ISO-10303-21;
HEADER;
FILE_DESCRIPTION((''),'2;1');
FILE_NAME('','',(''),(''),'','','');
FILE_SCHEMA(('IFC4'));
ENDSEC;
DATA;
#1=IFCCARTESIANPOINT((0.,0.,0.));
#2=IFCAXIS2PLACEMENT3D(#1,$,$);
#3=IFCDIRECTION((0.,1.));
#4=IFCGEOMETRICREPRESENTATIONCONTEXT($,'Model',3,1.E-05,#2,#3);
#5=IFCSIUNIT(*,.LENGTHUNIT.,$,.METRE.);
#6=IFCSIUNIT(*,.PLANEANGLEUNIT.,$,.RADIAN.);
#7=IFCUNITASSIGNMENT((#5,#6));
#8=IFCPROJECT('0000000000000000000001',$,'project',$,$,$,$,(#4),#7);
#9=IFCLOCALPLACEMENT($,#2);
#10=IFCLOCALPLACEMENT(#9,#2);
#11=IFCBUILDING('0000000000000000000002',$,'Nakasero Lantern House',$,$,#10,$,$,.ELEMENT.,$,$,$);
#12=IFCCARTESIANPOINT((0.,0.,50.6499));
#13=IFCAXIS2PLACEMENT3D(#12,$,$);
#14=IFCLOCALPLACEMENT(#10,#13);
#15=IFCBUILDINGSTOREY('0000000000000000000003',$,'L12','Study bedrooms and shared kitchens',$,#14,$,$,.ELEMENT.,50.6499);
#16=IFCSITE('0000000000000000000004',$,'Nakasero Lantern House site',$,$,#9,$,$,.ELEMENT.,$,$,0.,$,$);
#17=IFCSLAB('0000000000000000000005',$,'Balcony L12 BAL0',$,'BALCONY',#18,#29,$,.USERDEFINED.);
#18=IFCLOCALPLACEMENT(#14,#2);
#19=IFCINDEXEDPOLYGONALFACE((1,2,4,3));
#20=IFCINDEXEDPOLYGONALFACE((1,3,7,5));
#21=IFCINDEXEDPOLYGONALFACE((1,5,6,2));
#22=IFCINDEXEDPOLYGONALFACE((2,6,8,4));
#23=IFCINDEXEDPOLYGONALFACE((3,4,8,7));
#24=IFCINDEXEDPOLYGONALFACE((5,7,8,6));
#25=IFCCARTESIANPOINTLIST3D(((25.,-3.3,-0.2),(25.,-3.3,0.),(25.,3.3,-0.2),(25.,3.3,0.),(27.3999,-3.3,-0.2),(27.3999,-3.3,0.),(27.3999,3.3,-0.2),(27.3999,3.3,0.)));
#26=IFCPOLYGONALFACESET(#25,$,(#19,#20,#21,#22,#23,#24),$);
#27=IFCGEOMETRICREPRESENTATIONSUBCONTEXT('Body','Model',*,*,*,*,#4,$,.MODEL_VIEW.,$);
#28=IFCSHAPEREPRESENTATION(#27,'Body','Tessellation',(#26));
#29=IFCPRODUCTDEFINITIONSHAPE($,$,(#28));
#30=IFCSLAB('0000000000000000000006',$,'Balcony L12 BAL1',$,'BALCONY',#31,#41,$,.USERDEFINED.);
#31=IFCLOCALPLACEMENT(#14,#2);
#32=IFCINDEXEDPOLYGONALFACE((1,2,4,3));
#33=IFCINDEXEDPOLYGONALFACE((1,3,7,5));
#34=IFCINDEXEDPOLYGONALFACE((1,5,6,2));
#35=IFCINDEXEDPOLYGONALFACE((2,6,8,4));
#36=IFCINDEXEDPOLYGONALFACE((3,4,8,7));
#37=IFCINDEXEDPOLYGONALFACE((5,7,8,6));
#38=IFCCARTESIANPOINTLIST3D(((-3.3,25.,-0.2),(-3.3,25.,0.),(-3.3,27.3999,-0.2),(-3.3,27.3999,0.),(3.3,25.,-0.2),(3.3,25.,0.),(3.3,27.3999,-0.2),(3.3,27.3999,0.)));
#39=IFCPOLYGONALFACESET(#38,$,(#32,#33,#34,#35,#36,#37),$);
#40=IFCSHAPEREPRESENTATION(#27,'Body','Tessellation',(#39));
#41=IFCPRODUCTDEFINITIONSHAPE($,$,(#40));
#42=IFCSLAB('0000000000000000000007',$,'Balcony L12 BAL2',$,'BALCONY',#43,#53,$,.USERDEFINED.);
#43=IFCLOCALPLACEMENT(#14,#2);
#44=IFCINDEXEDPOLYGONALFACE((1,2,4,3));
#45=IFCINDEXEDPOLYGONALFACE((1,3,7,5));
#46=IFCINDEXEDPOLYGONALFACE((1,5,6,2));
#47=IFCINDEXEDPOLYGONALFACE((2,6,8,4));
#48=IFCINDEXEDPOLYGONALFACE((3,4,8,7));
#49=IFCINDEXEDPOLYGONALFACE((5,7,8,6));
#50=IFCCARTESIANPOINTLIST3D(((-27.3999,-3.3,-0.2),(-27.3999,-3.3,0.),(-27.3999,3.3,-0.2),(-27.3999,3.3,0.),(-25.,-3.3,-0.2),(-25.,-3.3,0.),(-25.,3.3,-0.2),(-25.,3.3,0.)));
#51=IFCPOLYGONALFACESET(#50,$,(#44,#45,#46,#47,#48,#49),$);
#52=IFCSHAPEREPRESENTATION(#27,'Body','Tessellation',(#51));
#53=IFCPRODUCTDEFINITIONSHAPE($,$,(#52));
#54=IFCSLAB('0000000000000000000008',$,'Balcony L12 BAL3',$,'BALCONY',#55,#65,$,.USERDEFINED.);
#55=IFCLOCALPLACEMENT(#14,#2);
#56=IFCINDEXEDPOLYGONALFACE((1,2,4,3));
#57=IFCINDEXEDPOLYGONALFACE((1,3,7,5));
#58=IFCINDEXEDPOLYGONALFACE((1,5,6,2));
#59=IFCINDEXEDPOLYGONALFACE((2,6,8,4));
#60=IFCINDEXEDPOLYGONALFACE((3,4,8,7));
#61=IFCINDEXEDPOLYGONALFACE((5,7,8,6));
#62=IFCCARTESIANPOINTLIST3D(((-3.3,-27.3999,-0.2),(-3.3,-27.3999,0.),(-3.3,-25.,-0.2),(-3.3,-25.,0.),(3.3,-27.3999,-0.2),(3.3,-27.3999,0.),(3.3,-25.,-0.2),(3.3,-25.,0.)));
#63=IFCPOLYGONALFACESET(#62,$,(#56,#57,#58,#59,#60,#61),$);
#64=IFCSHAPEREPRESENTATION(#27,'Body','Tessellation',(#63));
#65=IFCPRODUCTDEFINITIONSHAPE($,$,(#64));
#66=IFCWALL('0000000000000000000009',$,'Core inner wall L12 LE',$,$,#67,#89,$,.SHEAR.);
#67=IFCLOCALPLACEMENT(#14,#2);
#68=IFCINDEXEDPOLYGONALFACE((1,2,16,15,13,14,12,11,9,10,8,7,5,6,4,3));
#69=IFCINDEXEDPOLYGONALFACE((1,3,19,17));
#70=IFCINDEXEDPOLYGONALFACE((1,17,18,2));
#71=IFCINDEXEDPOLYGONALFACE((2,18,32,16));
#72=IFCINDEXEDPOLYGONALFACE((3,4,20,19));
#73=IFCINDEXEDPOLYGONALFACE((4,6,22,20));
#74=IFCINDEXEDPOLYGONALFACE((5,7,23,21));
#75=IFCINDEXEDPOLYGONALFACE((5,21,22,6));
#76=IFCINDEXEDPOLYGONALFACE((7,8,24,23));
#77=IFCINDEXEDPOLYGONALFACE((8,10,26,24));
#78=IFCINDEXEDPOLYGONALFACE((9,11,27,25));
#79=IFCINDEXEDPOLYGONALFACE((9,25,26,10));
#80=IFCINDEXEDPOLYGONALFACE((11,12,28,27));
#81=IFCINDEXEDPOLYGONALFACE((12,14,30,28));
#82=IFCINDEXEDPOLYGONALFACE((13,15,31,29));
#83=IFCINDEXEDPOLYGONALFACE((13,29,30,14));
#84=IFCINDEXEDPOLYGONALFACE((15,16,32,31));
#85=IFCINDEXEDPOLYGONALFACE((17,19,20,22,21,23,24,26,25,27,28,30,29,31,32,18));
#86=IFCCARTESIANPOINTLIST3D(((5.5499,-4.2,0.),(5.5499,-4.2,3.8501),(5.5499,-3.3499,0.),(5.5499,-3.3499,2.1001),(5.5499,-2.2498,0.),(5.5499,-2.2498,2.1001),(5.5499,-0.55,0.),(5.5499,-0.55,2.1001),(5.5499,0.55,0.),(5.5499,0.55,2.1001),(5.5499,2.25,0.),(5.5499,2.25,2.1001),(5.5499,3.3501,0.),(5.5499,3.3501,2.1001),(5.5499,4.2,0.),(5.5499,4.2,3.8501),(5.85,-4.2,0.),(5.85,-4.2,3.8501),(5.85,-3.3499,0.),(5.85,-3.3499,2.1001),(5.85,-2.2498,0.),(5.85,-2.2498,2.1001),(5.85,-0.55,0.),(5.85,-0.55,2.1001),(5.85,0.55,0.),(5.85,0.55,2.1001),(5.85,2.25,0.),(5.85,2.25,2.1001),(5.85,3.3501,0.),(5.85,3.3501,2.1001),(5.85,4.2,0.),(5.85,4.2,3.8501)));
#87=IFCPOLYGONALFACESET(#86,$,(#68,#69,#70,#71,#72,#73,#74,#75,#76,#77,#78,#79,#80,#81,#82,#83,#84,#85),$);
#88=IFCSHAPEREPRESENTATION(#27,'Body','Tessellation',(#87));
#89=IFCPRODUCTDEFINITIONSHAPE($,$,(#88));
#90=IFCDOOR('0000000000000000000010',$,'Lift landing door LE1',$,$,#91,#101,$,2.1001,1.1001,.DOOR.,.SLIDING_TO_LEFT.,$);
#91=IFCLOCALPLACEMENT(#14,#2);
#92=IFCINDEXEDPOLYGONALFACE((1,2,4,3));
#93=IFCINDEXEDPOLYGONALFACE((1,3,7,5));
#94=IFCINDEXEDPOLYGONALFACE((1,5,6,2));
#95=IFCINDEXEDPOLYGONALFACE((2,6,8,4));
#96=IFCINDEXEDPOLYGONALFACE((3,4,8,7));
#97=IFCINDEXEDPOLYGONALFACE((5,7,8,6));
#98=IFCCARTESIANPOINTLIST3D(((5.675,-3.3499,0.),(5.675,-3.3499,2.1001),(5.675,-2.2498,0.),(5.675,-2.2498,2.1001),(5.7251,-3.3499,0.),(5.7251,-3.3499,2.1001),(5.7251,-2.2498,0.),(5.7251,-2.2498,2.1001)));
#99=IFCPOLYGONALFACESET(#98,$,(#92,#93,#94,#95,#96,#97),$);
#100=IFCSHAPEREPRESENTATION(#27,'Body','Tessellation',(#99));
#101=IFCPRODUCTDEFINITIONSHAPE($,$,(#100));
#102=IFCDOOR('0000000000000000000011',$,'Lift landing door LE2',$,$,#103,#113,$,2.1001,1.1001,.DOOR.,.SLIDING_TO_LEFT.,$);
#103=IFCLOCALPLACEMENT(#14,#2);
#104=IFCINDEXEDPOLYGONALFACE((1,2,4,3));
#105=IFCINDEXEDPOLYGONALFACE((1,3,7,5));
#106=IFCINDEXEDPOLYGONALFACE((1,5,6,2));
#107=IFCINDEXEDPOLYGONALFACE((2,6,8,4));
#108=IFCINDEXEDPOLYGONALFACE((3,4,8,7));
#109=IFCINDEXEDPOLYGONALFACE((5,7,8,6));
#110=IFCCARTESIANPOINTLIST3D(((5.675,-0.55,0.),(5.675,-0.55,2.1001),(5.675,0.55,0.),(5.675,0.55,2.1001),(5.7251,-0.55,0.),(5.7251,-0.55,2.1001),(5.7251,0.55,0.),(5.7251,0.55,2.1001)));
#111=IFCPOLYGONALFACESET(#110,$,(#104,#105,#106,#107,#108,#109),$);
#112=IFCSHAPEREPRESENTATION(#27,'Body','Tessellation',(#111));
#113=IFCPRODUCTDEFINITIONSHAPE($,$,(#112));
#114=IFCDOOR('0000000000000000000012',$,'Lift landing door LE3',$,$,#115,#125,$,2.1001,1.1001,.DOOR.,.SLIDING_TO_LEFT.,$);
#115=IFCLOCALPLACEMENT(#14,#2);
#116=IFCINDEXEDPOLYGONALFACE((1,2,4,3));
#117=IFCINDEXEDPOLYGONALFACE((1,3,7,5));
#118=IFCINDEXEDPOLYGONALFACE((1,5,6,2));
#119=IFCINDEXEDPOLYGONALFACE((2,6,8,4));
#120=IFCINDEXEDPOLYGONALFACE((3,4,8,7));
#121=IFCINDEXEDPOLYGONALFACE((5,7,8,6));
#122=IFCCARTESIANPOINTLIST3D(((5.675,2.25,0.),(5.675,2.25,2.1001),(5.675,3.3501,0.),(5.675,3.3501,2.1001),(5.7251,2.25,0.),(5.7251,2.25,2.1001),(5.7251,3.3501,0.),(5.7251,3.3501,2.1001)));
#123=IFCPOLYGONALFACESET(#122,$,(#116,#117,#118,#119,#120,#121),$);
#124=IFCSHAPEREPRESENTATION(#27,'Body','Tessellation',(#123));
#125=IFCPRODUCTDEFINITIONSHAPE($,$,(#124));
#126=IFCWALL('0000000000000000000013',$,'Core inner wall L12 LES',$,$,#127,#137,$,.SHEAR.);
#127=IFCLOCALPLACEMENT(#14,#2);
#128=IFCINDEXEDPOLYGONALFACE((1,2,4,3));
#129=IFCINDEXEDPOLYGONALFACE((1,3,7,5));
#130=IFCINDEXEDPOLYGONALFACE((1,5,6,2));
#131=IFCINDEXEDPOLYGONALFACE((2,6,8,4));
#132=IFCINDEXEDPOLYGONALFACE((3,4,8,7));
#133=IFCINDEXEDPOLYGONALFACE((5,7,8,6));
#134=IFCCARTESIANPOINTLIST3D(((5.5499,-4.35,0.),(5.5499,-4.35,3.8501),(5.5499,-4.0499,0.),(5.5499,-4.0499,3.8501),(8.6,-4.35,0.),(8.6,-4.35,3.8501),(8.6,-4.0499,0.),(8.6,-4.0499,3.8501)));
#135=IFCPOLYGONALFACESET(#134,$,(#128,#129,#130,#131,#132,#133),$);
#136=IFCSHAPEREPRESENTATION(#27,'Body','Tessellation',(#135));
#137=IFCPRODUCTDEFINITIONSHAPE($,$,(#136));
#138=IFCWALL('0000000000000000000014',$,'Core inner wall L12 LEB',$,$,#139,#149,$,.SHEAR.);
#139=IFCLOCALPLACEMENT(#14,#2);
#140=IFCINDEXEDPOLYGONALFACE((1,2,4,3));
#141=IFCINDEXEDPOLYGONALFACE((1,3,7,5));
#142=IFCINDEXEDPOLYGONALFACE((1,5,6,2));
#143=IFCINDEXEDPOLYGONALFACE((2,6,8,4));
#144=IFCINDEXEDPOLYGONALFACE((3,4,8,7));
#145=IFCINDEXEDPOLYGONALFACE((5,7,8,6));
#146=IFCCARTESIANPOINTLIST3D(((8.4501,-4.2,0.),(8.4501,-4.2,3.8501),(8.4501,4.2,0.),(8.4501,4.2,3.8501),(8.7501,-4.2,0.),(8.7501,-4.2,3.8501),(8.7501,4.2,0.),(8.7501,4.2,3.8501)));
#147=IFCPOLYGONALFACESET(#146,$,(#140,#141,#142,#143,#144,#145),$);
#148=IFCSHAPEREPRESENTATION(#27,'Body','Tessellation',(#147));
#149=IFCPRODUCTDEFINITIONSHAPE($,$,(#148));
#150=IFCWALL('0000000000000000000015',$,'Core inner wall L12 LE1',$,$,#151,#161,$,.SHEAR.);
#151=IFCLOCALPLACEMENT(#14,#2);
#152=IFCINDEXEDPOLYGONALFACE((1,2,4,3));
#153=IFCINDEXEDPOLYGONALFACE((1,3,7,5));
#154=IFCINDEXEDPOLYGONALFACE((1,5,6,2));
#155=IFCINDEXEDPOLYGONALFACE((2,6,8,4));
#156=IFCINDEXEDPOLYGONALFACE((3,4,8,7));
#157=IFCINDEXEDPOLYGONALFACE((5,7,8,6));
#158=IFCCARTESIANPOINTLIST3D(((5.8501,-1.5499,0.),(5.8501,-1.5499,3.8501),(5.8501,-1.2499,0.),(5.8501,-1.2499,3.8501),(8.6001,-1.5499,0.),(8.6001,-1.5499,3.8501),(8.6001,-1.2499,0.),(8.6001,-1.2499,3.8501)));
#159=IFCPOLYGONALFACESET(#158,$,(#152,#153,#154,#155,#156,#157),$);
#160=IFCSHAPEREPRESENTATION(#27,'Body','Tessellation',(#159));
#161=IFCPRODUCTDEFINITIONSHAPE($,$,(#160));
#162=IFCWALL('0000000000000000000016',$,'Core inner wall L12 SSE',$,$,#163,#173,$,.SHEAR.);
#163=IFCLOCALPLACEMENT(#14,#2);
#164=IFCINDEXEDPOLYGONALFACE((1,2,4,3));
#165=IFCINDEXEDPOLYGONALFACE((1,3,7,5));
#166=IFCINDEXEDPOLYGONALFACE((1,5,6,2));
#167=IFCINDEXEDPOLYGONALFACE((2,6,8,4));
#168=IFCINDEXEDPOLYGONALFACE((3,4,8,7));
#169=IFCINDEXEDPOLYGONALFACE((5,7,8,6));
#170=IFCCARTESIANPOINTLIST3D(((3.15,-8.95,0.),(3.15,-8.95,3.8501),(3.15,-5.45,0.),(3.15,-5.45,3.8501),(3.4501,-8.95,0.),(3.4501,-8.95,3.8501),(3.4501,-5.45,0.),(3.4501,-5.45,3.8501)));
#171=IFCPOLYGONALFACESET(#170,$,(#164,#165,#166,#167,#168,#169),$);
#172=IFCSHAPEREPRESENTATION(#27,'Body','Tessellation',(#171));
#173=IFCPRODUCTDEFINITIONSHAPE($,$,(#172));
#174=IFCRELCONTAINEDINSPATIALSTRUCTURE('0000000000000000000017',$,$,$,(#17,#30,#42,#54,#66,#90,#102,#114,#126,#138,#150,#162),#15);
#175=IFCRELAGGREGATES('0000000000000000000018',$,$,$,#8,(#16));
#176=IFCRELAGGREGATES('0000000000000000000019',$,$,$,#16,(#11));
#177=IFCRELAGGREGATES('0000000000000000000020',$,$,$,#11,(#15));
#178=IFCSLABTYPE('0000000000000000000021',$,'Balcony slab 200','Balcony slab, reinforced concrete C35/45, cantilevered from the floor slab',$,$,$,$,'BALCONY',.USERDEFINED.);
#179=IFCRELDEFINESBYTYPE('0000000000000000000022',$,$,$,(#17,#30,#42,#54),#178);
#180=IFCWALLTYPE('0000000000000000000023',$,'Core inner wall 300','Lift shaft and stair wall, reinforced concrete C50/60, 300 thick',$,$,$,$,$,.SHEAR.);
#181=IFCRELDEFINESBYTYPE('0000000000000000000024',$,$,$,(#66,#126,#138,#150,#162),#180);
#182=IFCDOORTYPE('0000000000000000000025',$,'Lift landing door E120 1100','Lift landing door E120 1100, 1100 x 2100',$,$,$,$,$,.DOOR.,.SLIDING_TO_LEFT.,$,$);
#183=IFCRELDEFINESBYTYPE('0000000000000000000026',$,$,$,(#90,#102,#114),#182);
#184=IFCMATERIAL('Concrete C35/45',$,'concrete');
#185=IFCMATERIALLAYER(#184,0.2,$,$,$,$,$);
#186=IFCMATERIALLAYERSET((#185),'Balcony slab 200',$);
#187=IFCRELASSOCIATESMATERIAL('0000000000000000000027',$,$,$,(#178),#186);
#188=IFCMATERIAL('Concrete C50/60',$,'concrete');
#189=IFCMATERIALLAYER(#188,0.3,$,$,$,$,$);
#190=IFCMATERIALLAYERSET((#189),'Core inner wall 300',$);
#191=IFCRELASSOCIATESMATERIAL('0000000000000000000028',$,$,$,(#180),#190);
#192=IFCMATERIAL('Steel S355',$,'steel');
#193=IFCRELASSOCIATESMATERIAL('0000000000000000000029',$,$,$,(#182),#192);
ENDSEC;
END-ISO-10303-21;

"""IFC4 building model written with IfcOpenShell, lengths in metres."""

from ifc_helpers import new_model, si_unit, direction, frame, frame_2d, origin, place, context, subcontext, project, spatial, polyline, rectangle, outline, extrude, material, layer, layer_set, type_object, element, fill, save


model = new_model("IFC4")

# Units and contexts
model_context = context("Model", 3, precision=1e-05, world=origin(), true_north=direction((0.0, 1.0)))
body_context = subcontext(model_context, "Body", "Model", "MODEL_VIEW")
ifc_project = project(units=[si_unit("LENGTHUNIT", "METRE"), si_unit("PLANEANGLEUNIT", "RADIAN")], contexts=[model_context])

# Site, building, storey
site_placement = place(None, origin())
site = spatial("IfcSite", under=ifc_project, at=site_placement, Name="Nakasero Lantern House site", CompositionType="ELEMENT", RefElevation=0.0)
building_placement = place(site_placement, origin())
building = spatial("IfcBuilding", under=site, at=building_placement, Name="Nakasero Lantern House", CompositionType="ELEMENT")
storey_placement = place(building_placement, frame((0.0, 0.0, 50.6499)))
storey = spatial("IfcBuildingStorey", under=building, at=storey_placement, Name="L12", Description="Study bedrooms and shared kitchens", CompositionType="ELEMENT", Elevation=50.6499)

# Slabs
ifc_material_1 = material(Name="Concrete C35/45", Category="concrete")
ifc_layer_1 = layer(ifc_material_1, 0.2)
ifc_layer_set_1 = layer_set([ifc_layer_1], Name="Balcony slab 200")
slab_type = type_object("IfcSlabType", Name="Balcony slab 200", Description="Balcony slab, reinforced concrete C35/45, cantilevered from the floor slab", ElementType="BALCONY", PredefinedType="USERDEFINED", material=ifc_layer_set_1)
slab_1_placement = place(storey_placement, frame((0.0, 0.0, -0.2)))
element("IfcSlab", 1, at=slab_1_placement, inside=storey, type_object=slab_type, Name="Balcony L12 BAL0", ObjectType="BALCONY", PredefinedType="USERDEFINED", context=body_context, shape_type="SweptSolid", body=[
    extrude(outline(polyline([(25.0, -3.3), (27.3999, -3.3), (27.3999, 3.3), (25.0, 3.3), (25.0, -3.3)])), origin(), (0.0, 0.0, 1.0), 0.2),
])
slab_2_placement = place(storey_placement, frame((0.0, 0.0, -0.2)))
element("IfcSlab", 2, at=slab_2_placement, inside=storey, type_object=slab_type, Name="Balcony L12 BAL1", ObjectType="BALCONY", PredefinedType="USERDEFINED", context=body_context, shape_type="SweptSolid", body=[
    extrude(outline(polyline([(3.3, 25.0), (3.3, 27.3999), (-3.3, 27.3999), (-3.3, 25.0), (3.3, 25.0)])), origin(), (0.0, 0.0, 1.0), 0.2),
])
slab_3_placement = place(storey_placement, frame((0.0, 0.0, -0.2)))
element("IfcSlab", 3, at=slab_3_placement, inside=storey, type_object=slab_type, Name="Balcony L12 BAL2", ObjectType="BALCONY", PredefinedType="USERDEFINED", context=body_context, shape_type="SweptSolid", body=[
    extrude(outline(polyline([(-25.0, 3.3), (-27.3999, 3.3), (-27.3999, -3.3), (-25.0, -3.3), (-25.0, 3.3)])), origin(), (0.0, 0.0, 1.0), 0.2),
])
slab_4_placement = place(storey_placement, frame((0.0, 0.0, -0.2)))
element("IfcSlab", 4, at=slab_4_placement, inside=storey, type_object=slab_type, Name="Balcony L12 BAL3", ObjectType="BALCONY", PredefinedType="USERDEFINED", context=body_context, shape_type="SweptSolid", body=[
    extrude(outline(polyline([(-3.3, -25.0), (-3.3, -27.3999), (3.3, -27.3999), (3.3, -25.0), (-3.3, -25.0)])), origin(), (0.0, 0.0, 1.0), 0.2),
])

# Wall, openings, doors
ifc_material_2 = material(Name="Concrete C50/60", Category="concrete")
ifc_layer_2 = layer(ifc_material_2, 0.3)
ifc_layer_set_2 = layer_set([ifc_layer_2], Name="Core inner wall 300")
wall_type_1 = type_object("IfcWallType", Name="Core inner wall 300", Description="Lift shaft and stair wall, reinforced concrete C50/60, 300 thick", PredefinedType="SHEAR", material=ifc_layer_set_2)
wall_1_placement = place(storey_placement, frame((5.7, -4.2, 0.0), z_axis=(0.0, 0.0, 1.0), x_axis=(0.0, 1.0, 0.0)))
wall_1 = element("IfcWall", 5, at=wall_1_placement, inside=storey, type_object=wall_type_1, Name="Core inner wall L12 LE", PredefinedType="SHEAR", context=body_context, shape_type="SweptSolid", body=[
    extrude(rectangle(XDim=8.3999, YDim=0.3, at=frame_2d((4.2, 0.0))), origin(), (0.0, 0.0, 1.0), 3.8501),
])
opening_1_placement = place(wall_1_placement, frame((0.8501, 0.0, 0.0)))
opening_1 = element("IfcOpeningElement", 6, at=opening_1_placement, cuts=wall_1, PredefinedType="OPENING", context=body_context, shape_type="SweptSolid", body=[
    extrude(rectangle(XDim=1.1001, YDim=2.1001, at=frame_2d((0.55, 1.05))), frame((0.0, 0.1699, 0.0), z_axis=(0.0, -1.0, 0.0), x_axis=(1.0, 0.0, 0.0)), (0.0, 0.0, 1.0), 0.3401),
])
opening_2_placement = place(wall_1_placement, frame((3.6499, 0.0, 0.0)))
opening_2 = element("IfcOpeningElement", 7, at=opening_2_placement, cuts=wall_1, PredefinedType="OPENING", context=body_context, shape_type="SweptSolid", body=[
    extrude(rectangle(XDim=1.1001, YDim=2.1001, at=frame_2d((0.55, 1.05))), frame((0.0, 0.1699, 0.0), z_axis=(0.0, -1.0, 0.0), x_axis=(1.0, 0.0, 0.0)), (0.0, 0.0, 1.0), 0.3401),
])
opening_3_placement = place(wall_1_placement, frame((6.45, 0.0, 0.0)))
opening_3 = element("IfcOpeningElement", 8, at=opening_3_placement, cuts=wall_1, PredefinedType="OPENING", context=body_context, shape_type="SweptSolid", body=[
    extrude(rectangle(XDim=1.1001, YDim=2.1001, at=frame_2d((0.55, 1.05))), frame((0.0, 0.1699, 0.0), z_axis=(0.0, -1.0, 0.0), x_axis=(1.0, 0.0, 0.0)), (0.0, 0.0, 1.0), 0.3401),
])
ifc_material_3 = material(Name="Steel S355", Category="steel")
door_type_1 = type_object("IfcDoorType", Name="Lift landing door E120 1100", Description="Lift landing door E120 1100, 1100 x 2100", OperationType="SLIDING_TO_LEFT", PredefinedType="DOOR", material=ifc_material_3)
door_1_placement = place(opening_1_placement, origin())
door_1 = element("IfcDoor", 9, at=door_1_placement, inside=storey, type_object=door_type_1, Name="Lift landing door LE1", OperationType="SLIDING_TO_LEFT", OverallHeight=2.1001, OverallWidth=1.1001, PredefinedType="DOOR", context=body_context, shape_type="SweptSolid", body=[
    extrude(rectangle(XDim=1.1001, YDim=2.1001, at=frame_2d((0.55, 1.05))), frame((0.0, 0.0249, 0.0), z_axis=(0.0, -1.0, 0.0), x_axis=(1.0, 0.0, 0.0)), (0.0, 0.0, 1.0), 0.05),
])
fill(opening_1, door_1)
door_2_placement = place(opening_2_placement, origin())
door_2 = element("IfcDoor", 10, at=door_2_placement, inside=storey, type_object=door_type_1, Name="Lift landing door LE2", OperationType="SLIDING_TO_LEFT", OverallHeight=2.1001, OverallWidth=1.1001, PredefinedType="DOOR", context=body_context, shape_type="SweptSolid", body=[
    extrude(rectangle(XDim=1.1001, YDim=2.1001, at=frame_2d((0.55, 1.05))), frame((0.0, 0.0249, 0.0), z_axis=(0.0, -1.0, 0.0), x_axis=(1.0, 0.0, 0.0)), (0.0, 0.0, 1.0), 0.05),
])
fill(opening_2, door_2)
door_3_placement = place(opening_3_placement, origin())
door_3 = element("IfcDoor", 11, at=door_3_placement, inside=storey, type_object=door_type_1, Name="Lift landing door LE3", OperationType="SLIDING_TO_LEFT", OverallHeight=2.1001, OverallWidth=1.1001, PredefinedType="DOOR", context=body_context, shape_type="SweptSolid", body=[
    extrude(rectangle(XDim=1.1001, YDim=2.1001, at=frame_2d((0.55, 1.05))), frame((0.0, 0.0249, 0.0), z_axis=(0.0, -1.0, 0.0), x_axis=(1.0, 0.0, 0.0)), (0.0, 0.0, 1.0), 0.05),
])
fill(opening_3, door_3)

# Walls
wall_2_placement = place(storey_placement, frame((5.55, -4.2, 0.0), z_axis=(0.0, 0.0, 1.0), x_axis=(1.0, 0.0, 0.0)))
element("IfcWall", 12, at=wall_2_placement, inside=storey, type_object=wall_type_1, Name="Core inner wall L12 LES", PredefinedType="SHEAR", context=body_context, shape_type="SweptSolid", body=[
    extrude(rectangle(XDim=3.05, YDim=0.3, at=frame_2d((1.5249, 0.0))), origin(), (0.0, 0.0, 1.0), 3.8501),
])
wall_3_placement = place(storey_placement, frame((8.6001, -4.2, 0.0), z_axis=(0.0, 0.0, 1.0), x_axis=(0.0, 1.0, 0.0)))
element("IfcWall", 13, at=wall_3_placement, inside=storey, type_object=wall_type_1, Name="Core inner wall L12 LEB", PredefinedType="SHEAR", context=body_context, shape_type="SweptSolid", body=[
    extrude(rectangle(XDim=8.3999, YDim=0.3, at=frame_2d((4.2, 0.0))), origin(), (0.0, 0.0, 1.0), 3.8501),
])
wall_4_placement = place(storey_placement, frame((5.8501, -1.3999, 0.0), z_axis=(0.0, 0.0, 1.0), x_axis=(1.0, 0.0, 0.0)))
element("IfcWall", 14, at=wall_4_placement, inside=storey, type_object=wall_type_1, Name="Core inner wall L12 LE1", PredefinedType="SHEAR", context=body_context, shape_type="SweptSolid", body=[
    extrude(rectangle(XDim=2.75, YDim=0.3, at=frame_2d((1.375, 0.0))), origin(), (0.0, 0.0, 1.0), 3.8501),
])
wall_5_placement = place(storey_placement, frame((3.3, -5.45, 0.0), z_axis=(0.0, 0.0, 1.0), x_axis=(0.0, -1.0, 0.0)))
element("IfcWall", 15, at=wall_5_placement, inside=storey, type_object=wall_type_1, Name="Core inner wall L12 SSE", PredefinedType="SHEAR", context=body_context, shape_type="SweptSolid", body=[
    extrude(rectangle(XDim=3.5, YDim=0.3, at=frame_2d((1.75, 0.0))), origin(), (0.0, 0.0, 1.0), 3.8501),
])

save(model, "model.ifc")
